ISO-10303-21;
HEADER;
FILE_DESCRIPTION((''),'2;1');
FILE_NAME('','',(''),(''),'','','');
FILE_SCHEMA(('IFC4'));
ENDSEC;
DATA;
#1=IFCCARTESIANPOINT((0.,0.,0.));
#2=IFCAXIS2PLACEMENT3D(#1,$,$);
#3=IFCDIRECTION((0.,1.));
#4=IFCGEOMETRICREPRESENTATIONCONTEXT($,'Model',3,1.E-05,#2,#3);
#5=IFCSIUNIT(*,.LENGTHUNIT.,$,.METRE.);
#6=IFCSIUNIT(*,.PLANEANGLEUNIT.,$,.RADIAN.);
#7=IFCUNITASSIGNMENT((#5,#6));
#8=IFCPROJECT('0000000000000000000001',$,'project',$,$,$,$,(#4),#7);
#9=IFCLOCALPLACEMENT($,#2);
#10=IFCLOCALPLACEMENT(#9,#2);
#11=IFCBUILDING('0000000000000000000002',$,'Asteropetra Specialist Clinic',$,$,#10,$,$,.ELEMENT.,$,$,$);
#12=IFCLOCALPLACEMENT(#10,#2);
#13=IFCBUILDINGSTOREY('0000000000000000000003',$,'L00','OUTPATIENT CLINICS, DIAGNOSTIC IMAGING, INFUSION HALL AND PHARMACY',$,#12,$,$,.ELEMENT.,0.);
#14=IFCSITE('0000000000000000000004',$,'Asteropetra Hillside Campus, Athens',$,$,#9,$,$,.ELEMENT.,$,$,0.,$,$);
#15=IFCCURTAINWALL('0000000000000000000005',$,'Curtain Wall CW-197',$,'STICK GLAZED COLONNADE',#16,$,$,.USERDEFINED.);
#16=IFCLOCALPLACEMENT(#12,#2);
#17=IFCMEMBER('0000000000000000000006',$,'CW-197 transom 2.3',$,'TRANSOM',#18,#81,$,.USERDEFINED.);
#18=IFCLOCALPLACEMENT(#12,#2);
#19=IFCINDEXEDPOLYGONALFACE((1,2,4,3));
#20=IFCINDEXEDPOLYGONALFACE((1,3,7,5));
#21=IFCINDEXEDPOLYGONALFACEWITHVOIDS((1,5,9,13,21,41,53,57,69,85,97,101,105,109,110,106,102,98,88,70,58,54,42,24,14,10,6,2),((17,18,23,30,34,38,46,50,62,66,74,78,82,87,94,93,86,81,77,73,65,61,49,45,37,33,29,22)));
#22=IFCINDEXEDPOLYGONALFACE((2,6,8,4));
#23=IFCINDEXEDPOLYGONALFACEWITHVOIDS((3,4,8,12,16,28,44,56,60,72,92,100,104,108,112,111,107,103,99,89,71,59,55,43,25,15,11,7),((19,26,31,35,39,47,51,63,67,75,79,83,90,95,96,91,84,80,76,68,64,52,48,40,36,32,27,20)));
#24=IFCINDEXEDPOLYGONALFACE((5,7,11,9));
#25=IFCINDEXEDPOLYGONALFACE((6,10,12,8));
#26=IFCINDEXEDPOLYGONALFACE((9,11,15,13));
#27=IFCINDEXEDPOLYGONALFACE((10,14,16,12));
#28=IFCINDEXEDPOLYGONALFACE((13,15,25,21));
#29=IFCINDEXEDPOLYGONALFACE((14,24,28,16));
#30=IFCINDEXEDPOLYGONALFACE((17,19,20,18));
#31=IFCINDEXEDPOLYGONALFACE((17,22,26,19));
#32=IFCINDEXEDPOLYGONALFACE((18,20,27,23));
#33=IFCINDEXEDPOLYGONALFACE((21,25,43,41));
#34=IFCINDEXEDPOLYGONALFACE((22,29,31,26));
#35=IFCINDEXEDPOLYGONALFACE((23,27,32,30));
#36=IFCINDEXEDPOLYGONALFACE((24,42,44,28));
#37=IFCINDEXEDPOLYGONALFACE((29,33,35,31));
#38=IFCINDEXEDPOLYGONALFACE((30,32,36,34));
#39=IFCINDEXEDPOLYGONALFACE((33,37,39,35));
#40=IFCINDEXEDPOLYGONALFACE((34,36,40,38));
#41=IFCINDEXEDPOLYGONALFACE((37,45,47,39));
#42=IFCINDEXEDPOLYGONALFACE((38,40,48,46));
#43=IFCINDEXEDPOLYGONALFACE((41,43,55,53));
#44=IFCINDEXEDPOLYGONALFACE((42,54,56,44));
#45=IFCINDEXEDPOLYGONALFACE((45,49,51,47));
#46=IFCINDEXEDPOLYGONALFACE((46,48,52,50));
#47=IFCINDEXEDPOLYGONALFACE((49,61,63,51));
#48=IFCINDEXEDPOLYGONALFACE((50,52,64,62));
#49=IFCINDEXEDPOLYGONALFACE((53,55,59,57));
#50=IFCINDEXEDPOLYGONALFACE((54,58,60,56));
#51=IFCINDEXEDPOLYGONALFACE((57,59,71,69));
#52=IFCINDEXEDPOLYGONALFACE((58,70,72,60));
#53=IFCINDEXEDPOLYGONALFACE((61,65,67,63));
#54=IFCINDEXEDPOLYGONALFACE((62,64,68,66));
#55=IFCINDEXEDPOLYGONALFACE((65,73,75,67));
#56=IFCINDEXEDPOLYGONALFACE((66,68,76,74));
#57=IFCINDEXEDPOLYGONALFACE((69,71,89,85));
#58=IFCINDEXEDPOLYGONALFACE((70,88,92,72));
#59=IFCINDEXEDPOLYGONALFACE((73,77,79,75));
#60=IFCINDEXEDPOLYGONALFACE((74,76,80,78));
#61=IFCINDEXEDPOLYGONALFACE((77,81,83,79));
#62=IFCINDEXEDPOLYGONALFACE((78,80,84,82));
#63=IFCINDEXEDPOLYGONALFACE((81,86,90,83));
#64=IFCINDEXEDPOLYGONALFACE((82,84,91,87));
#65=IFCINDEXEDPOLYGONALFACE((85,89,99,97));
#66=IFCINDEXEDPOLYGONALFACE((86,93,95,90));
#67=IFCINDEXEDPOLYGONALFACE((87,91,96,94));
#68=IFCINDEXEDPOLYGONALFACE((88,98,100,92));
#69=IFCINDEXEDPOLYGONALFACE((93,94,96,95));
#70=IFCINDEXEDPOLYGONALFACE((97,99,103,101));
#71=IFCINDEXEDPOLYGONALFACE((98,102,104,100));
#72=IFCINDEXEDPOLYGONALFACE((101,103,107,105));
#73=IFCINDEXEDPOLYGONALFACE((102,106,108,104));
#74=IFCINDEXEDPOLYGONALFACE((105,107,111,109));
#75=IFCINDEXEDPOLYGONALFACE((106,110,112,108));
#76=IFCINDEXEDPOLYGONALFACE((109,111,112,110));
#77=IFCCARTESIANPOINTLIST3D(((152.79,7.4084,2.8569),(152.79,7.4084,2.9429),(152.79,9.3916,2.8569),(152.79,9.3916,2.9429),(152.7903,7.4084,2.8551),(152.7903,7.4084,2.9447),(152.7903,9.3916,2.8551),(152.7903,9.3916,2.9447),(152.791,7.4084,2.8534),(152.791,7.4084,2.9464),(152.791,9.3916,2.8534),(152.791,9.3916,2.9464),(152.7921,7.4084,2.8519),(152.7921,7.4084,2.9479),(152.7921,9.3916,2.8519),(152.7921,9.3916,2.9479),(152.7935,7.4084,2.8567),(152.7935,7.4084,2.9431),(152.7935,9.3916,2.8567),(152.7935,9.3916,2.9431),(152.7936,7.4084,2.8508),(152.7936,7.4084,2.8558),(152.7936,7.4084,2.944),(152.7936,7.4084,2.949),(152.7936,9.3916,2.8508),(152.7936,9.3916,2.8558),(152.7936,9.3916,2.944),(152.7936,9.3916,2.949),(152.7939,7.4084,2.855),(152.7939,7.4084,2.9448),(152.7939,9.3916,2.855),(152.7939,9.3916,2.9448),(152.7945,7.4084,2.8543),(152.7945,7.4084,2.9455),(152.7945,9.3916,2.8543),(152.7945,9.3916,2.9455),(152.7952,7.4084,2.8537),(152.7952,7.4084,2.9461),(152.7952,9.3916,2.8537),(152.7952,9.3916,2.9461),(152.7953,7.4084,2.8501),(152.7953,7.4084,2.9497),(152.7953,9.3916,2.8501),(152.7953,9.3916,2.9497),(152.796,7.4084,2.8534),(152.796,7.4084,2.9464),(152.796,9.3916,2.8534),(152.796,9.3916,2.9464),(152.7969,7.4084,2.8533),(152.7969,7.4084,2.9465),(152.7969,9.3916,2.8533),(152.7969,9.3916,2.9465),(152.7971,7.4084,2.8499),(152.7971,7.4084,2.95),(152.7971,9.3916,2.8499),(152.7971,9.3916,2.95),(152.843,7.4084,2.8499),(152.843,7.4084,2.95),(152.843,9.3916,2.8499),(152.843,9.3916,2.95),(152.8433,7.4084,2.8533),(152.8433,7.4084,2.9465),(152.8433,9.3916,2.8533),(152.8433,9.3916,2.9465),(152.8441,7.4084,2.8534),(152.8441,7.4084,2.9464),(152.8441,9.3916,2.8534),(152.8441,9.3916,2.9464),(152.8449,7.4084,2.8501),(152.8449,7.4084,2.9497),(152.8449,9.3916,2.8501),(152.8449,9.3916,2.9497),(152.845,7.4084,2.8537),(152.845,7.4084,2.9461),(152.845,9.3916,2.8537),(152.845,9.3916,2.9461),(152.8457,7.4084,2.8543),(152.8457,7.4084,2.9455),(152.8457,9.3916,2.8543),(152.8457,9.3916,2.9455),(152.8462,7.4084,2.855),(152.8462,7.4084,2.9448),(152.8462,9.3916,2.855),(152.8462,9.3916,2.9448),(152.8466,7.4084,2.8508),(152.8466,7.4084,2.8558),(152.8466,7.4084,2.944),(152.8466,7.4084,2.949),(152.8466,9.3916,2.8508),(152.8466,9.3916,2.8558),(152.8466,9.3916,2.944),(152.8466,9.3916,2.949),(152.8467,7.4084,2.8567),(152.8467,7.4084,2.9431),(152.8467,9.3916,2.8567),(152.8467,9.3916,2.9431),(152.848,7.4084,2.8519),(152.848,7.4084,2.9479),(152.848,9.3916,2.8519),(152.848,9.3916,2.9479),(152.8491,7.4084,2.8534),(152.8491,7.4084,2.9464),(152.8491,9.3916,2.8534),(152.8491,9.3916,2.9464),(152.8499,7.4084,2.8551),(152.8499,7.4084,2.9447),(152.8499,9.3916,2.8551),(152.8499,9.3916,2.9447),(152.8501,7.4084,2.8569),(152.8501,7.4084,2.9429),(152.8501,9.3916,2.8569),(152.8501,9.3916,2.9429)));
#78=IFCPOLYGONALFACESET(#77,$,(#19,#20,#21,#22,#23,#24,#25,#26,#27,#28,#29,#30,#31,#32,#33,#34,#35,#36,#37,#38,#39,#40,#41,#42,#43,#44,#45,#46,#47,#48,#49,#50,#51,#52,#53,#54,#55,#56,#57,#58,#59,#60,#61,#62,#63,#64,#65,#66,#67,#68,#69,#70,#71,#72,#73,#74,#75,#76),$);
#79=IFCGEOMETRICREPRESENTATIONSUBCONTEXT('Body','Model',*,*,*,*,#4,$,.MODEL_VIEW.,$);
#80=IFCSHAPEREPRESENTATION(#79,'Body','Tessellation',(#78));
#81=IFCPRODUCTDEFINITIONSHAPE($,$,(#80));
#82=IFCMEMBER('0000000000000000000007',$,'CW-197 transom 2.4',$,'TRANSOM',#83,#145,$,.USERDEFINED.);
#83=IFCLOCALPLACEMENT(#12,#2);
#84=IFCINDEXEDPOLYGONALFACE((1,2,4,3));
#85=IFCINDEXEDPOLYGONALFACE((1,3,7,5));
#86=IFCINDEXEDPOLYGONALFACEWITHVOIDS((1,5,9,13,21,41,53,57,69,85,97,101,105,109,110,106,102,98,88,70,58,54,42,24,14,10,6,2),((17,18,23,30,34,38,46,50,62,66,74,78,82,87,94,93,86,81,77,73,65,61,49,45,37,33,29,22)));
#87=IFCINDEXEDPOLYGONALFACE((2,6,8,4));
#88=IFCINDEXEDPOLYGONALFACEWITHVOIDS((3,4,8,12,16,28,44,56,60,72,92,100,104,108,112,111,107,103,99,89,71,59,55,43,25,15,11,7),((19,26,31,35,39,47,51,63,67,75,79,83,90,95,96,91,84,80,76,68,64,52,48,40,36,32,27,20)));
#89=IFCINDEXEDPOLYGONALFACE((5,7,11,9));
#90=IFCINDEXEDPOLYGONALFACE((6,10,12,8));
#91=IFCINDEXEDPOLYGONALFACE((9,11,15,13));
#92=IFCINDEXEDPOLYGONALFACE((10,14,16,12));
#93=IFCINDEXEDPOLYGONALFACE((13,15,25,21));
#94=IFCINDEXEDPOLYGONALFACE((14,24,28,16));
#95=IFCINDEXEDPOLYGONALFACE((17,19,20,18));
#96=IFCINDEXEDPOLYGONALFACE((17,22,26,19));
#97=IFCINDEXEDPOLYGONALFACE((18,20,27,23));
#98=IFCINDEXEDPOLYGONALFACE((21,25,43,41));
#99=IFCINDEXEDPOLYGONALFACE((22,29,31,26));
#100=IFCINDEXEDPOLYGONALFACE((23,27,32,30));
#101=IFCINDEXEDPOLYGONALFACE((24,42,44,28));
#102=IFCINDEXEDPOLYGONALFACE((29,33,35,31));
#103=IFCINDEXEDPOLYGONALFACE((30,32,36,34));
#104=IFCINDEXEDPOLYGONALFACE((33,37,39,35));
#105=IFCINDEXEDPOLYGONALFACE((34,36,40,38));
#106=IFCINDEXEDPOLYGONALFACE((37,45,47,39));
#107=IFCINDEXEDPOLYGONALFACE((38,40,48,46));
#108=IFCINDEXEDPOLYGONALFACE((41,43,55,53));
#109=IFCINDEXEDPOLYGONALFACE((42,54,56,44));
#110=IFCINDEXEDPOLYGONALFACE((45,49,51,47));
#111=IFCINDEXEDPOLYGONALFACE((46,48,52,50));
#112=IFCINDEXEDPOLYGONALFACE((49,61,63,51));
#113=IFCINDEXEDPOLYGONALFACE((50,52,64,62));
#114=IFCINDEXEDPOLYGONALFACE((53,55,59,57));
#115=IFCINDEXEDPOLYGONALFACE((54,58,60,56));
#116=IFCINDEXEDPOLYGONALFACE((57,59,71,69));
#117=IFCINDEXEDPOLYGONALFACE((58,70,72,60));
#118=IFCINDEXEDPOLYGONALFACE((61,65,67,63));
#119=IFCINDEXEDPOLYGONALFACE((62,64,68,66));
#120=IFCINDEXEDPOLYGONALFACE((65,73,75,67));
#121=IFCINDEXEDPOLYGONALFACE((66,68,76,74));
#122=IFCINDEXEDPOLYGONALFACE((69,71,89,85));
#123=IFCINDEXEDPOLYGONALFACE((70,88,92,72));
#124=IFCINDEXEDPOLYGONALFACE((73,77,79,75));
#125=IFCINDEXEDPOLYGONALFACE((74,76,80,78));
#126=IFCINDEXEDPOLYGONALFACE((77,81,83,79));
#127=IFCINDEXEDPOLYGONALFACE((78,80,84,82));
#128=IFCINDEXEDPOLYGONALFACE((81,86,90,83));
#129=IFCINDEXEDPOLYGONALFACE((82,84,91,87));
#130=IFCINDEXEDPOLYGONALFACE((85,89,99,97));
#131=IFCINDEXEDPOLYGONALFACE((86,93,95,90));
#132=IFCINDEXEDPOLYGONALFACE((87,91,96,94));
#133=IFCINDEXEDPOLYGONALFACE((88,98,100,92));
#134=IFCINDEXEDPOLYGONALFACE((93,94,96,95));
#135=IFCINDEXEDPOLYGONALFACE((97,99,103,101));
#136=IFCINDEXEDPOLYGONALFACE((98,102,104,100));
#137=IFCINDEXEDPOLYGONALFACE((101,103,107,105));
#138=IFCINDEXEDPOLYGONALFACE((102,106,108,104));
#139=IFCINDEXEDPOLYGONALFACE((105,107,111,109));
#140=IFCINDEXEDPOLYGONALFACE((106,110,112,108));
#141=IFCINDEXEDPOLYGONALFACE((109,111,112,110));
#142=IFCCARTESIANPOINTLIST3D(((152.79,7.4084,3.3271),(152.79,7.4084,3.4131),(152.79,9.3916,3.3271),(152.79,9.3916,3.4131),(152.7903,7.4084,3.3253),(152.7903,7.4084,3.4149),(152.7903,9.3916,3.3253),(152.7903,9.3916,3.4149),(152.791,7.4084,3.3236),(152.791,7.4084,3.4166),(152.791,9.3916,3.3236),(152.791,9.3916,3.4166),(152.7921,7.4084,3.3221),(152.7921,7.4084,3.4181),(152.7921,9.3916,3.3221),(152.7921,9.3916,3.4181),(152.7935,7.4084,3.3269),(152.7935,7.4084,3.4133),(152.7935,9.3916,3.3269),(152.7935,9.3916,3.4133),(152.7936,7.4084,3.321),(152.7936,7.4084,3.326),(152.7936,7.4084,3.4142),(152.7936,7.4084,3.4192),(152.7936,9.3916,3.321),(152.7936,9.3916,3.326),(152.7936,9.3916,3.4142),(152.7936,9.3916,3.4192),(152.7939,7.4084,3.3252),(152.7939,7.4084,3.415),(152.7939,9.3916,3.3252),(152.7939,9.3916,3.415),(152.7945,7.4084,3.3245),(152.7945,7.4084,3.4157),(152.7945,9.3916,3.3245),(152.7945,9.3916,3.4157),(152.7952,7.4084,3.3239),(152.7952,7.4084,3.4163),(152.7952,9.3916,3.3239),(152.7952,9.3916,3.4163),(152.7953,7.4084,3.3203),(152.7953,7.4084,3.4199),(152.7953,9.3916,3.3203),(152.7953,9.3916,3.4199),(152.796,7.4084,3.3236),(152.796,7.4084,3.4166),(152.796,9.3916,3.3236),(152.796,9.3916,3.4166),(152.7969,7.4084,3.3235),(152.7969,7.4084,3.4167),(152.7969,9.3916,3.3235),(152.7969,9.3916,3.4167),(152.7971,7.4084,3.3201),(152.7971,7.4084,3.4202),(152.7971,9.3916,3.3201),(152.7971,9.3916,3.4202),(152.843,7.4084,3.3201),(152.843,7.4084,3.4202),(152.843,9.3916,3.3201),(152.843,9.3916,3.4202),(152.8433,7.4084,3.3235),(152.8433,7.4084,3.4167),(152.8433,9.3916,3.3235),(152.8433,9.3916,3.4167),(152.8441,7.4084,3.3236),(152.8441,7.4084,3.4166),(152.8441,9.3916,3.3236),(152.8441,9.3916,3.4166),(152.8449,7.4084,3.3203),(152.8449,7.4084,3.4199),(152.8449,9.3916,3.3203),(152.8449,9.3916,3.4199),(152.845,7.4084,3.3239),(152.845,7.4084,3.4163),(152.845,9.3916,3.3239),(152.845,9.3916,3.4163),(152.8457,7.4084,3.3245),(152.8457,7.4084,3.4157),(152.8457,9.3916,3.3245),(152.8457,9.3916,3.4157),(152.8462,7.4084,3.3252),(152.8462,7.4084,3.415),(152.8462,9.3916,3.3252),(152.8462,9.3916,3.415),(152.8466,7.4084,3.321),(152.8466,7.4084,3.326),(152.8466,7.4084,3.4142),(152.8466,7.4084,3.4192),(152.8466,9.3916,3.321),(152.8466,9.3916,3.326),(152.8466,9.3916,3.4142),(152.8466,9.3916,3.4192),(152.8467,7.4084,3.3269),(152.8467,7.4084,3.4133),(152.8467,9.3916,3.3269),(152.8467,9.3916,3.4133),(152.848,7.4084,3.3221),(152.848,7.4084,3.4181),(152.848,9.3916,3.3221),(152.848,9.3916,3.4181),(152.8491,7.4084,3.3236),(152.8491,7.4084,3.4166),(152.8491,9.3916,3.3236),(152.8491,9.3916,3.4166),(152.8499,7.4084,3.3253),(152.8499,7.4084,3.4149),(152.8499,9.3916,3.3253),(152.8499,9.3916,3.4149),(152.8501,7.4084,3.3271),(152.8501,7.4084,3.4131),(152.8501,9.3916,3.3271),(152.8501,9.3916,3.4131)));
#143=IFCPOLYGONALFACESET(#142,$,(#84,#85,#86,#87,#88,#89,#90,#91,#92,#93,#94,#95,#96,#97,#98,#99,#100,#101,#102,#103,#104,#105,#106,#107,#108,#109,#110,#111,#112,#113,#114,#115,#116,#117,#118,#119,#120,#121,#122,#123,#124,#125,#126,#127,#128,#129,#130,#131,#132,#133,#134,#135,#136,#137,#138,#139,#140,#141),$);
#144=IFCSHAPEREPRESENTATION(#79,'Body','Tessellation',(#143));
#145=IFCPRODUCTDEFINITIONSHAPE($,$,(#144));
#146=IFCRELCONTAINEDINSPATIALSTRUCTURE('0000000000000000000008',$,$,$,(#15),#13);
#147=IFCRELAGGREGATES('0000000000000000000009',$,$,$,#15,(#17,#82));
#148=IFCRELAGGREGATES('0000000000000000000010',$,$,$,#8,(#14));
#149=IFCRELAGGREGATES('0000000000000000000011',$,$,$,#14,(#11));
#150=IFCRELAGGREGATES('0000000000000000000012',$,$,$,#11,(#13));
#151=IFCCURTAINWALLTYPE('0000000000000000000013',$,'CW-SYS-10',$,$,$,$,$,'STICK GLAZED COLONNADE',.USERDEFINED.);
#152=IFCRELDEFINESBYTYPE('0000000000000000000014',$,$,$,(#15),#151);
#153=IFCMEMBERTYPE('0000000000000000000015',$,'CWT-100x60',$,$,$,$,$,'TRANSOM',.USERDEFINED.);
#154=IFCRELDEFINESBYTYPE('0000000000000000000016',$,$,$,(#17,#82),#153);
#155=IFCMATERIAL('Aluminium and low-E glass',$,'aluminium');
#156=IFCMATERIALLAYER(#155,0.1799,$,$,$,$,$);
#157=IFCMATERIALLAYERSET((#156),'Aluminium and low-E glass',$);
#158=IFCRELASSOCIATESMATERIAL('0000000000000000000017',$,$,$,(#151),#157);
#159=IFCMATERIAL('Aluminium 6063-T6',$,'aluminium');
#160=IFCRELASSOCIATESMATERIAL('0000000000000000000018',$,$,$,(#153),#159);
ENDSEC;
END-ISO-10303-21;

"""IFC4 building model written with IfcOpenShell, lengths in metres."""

from ifc_helpers import new_model, si_unit, direction, frame, origin, origin_2d, place, context, subcontext, project, spatial, hollow_rectangle, extrude, material, layer, layer_set, material_profile, profile_set, type_object, element, aggregate, save


model = new_model("IFC4")

# Units and contexts
model_context = context("Model", 3, precision=1e-05, world=origin(), true_north=direction((0.0, 1.0)))
body_context = subcontext(model_context, "Body", "Model", "MODEL_VIEW")
ifc_project = project(units=[si_unit("LENGTHUNIT", "METRE"), si_unit("PLANEANGLEUNIT", "RADIAN")], contexts=[model_context])

# Site, building, storey
site_placement = place(None, origin())
site = spatial("IfcSite", under=ifc_project, at=site_placement, Name="Asteropetra Hillside Campus, Athens", CompositionType="ELEMENT", RefElevation=0.0)
building_placement = place(site_placement, origin())
building = spatial("IfcBuilding", under=site, at=building_placement, Name="Asteropetra Specialist Clinic", CompositionType="ELEMENT")
storey_placement = place(building_placement, origin())
storey = spatial("IfcBuildingStorey", under=building, at=storey_placement, Name="L00", Description="OUTPATIENT CLINICS, DIAGNOSTIC IMAGING, INFUSION HALL AND PHARMACY", CompositionType="ELEMENT", Elevation=0.0)

# Curtain wall, members
ifc_material_1 = material(Name="Aluminium and low-E glass", Category="aluminium")
ifc_layer_1 = layer(ifc_material_1, 0.1799)
ifc_layer_set_1 = layer_set([ifc_layer_1], Name="Aluminium and low-E glass")
curtain_wall_type = type_object("IfcCurtainWallType", Name="CW-SYS-10", ElementType="STICK GLAZED COLONNADE", PredefinedType="USERDEFINED", material=ifc_layer_set_1)
curtain_wall_placement = place(storey_placement, origin())
curtain_wall = element("IfcCurtainWall", 1, at=curtain_wall_placement, inside=storey, type_object=curtain_wall_type, Name="Curtain Wall CW-197", ObjectType="STICK GLAZED COLONNADE", PredefinedType="USERDEFINED")
ifc_material_2 = material(Name="Aluminium 6063-T6", Category="aluminium")
ifc_material_profile_1 = material_profile(ifc_material_2, hollow_rectangle(XDim=0.0601, YDim=0.1001, WallThickness=0.0034, InnerFilletRadius=0.0034, OuterFilletRadius=0.0071, at=origin_2d()), Name="TRN 100x60x3.5")
ifc_profile_set_1 = profile_set([ifc_material_profile_1], Name="Aluminium 6063-T6")
member_type_1 = type_object("IfcMemberType", Name="CWT-100x60", ElementType="TRANSOM", PredefinedType="USERDEFINED", material=ifc_profile_set_1)
member_1_placement = place(storey_placement, frame((152.8201, 7.4084, 2.8999), z_axis=(0.0, 1.0, 0.0), x_axis=(-1.0, 0.0, 0.0)))
member_1 = element("IfcMember", 2, at=member_1_placement, type_object=member_type_1, Name="CW-197 transom 2.3", ObjectType="TRANSOM", PredefinedType="USERDEFINED", context=body_context, shape_type="SweptSolid", body=[
    extrude(hollow_rectangle(XDim=0.0601, YDim=0.1001, WallThickness=0.0034, InnerFilletRadius=0.0034, OuterFilletRadius=0.0071, at=origin_2d()), origin(), (0.0, 0.0, 1.0), 1.9832),
])
member_2_placement = place(storey_placement, frame((152.8201, 7.4084, 3.3701), z_axis=(0.0, 1.0, 0.0), x_axis=(-1.0, 0.0, 0.0)))
member_2 = element("IfcMember", 3, at=member_2_placement, type_object=member_type_1, Name="CW-197 transom 2.4", ObjectType="TRANSOM", PredefinedType="USERDEFINED", context=body_context, shape_type="SweptSolid", body=[
    extrude(hollow_rectangle(XDim=0.0601, YDim=0.1001, WallThickness=0.0034, InnerFilletRadius=0.0034, OuterFilletRadius=0.0071, at=origin_2d()), origin(), (0.0, 0.0, 1.0), 1.9832),
])
aggregate(curtain_wall, [member_1, member_2])

save(model, "model.ifc")
